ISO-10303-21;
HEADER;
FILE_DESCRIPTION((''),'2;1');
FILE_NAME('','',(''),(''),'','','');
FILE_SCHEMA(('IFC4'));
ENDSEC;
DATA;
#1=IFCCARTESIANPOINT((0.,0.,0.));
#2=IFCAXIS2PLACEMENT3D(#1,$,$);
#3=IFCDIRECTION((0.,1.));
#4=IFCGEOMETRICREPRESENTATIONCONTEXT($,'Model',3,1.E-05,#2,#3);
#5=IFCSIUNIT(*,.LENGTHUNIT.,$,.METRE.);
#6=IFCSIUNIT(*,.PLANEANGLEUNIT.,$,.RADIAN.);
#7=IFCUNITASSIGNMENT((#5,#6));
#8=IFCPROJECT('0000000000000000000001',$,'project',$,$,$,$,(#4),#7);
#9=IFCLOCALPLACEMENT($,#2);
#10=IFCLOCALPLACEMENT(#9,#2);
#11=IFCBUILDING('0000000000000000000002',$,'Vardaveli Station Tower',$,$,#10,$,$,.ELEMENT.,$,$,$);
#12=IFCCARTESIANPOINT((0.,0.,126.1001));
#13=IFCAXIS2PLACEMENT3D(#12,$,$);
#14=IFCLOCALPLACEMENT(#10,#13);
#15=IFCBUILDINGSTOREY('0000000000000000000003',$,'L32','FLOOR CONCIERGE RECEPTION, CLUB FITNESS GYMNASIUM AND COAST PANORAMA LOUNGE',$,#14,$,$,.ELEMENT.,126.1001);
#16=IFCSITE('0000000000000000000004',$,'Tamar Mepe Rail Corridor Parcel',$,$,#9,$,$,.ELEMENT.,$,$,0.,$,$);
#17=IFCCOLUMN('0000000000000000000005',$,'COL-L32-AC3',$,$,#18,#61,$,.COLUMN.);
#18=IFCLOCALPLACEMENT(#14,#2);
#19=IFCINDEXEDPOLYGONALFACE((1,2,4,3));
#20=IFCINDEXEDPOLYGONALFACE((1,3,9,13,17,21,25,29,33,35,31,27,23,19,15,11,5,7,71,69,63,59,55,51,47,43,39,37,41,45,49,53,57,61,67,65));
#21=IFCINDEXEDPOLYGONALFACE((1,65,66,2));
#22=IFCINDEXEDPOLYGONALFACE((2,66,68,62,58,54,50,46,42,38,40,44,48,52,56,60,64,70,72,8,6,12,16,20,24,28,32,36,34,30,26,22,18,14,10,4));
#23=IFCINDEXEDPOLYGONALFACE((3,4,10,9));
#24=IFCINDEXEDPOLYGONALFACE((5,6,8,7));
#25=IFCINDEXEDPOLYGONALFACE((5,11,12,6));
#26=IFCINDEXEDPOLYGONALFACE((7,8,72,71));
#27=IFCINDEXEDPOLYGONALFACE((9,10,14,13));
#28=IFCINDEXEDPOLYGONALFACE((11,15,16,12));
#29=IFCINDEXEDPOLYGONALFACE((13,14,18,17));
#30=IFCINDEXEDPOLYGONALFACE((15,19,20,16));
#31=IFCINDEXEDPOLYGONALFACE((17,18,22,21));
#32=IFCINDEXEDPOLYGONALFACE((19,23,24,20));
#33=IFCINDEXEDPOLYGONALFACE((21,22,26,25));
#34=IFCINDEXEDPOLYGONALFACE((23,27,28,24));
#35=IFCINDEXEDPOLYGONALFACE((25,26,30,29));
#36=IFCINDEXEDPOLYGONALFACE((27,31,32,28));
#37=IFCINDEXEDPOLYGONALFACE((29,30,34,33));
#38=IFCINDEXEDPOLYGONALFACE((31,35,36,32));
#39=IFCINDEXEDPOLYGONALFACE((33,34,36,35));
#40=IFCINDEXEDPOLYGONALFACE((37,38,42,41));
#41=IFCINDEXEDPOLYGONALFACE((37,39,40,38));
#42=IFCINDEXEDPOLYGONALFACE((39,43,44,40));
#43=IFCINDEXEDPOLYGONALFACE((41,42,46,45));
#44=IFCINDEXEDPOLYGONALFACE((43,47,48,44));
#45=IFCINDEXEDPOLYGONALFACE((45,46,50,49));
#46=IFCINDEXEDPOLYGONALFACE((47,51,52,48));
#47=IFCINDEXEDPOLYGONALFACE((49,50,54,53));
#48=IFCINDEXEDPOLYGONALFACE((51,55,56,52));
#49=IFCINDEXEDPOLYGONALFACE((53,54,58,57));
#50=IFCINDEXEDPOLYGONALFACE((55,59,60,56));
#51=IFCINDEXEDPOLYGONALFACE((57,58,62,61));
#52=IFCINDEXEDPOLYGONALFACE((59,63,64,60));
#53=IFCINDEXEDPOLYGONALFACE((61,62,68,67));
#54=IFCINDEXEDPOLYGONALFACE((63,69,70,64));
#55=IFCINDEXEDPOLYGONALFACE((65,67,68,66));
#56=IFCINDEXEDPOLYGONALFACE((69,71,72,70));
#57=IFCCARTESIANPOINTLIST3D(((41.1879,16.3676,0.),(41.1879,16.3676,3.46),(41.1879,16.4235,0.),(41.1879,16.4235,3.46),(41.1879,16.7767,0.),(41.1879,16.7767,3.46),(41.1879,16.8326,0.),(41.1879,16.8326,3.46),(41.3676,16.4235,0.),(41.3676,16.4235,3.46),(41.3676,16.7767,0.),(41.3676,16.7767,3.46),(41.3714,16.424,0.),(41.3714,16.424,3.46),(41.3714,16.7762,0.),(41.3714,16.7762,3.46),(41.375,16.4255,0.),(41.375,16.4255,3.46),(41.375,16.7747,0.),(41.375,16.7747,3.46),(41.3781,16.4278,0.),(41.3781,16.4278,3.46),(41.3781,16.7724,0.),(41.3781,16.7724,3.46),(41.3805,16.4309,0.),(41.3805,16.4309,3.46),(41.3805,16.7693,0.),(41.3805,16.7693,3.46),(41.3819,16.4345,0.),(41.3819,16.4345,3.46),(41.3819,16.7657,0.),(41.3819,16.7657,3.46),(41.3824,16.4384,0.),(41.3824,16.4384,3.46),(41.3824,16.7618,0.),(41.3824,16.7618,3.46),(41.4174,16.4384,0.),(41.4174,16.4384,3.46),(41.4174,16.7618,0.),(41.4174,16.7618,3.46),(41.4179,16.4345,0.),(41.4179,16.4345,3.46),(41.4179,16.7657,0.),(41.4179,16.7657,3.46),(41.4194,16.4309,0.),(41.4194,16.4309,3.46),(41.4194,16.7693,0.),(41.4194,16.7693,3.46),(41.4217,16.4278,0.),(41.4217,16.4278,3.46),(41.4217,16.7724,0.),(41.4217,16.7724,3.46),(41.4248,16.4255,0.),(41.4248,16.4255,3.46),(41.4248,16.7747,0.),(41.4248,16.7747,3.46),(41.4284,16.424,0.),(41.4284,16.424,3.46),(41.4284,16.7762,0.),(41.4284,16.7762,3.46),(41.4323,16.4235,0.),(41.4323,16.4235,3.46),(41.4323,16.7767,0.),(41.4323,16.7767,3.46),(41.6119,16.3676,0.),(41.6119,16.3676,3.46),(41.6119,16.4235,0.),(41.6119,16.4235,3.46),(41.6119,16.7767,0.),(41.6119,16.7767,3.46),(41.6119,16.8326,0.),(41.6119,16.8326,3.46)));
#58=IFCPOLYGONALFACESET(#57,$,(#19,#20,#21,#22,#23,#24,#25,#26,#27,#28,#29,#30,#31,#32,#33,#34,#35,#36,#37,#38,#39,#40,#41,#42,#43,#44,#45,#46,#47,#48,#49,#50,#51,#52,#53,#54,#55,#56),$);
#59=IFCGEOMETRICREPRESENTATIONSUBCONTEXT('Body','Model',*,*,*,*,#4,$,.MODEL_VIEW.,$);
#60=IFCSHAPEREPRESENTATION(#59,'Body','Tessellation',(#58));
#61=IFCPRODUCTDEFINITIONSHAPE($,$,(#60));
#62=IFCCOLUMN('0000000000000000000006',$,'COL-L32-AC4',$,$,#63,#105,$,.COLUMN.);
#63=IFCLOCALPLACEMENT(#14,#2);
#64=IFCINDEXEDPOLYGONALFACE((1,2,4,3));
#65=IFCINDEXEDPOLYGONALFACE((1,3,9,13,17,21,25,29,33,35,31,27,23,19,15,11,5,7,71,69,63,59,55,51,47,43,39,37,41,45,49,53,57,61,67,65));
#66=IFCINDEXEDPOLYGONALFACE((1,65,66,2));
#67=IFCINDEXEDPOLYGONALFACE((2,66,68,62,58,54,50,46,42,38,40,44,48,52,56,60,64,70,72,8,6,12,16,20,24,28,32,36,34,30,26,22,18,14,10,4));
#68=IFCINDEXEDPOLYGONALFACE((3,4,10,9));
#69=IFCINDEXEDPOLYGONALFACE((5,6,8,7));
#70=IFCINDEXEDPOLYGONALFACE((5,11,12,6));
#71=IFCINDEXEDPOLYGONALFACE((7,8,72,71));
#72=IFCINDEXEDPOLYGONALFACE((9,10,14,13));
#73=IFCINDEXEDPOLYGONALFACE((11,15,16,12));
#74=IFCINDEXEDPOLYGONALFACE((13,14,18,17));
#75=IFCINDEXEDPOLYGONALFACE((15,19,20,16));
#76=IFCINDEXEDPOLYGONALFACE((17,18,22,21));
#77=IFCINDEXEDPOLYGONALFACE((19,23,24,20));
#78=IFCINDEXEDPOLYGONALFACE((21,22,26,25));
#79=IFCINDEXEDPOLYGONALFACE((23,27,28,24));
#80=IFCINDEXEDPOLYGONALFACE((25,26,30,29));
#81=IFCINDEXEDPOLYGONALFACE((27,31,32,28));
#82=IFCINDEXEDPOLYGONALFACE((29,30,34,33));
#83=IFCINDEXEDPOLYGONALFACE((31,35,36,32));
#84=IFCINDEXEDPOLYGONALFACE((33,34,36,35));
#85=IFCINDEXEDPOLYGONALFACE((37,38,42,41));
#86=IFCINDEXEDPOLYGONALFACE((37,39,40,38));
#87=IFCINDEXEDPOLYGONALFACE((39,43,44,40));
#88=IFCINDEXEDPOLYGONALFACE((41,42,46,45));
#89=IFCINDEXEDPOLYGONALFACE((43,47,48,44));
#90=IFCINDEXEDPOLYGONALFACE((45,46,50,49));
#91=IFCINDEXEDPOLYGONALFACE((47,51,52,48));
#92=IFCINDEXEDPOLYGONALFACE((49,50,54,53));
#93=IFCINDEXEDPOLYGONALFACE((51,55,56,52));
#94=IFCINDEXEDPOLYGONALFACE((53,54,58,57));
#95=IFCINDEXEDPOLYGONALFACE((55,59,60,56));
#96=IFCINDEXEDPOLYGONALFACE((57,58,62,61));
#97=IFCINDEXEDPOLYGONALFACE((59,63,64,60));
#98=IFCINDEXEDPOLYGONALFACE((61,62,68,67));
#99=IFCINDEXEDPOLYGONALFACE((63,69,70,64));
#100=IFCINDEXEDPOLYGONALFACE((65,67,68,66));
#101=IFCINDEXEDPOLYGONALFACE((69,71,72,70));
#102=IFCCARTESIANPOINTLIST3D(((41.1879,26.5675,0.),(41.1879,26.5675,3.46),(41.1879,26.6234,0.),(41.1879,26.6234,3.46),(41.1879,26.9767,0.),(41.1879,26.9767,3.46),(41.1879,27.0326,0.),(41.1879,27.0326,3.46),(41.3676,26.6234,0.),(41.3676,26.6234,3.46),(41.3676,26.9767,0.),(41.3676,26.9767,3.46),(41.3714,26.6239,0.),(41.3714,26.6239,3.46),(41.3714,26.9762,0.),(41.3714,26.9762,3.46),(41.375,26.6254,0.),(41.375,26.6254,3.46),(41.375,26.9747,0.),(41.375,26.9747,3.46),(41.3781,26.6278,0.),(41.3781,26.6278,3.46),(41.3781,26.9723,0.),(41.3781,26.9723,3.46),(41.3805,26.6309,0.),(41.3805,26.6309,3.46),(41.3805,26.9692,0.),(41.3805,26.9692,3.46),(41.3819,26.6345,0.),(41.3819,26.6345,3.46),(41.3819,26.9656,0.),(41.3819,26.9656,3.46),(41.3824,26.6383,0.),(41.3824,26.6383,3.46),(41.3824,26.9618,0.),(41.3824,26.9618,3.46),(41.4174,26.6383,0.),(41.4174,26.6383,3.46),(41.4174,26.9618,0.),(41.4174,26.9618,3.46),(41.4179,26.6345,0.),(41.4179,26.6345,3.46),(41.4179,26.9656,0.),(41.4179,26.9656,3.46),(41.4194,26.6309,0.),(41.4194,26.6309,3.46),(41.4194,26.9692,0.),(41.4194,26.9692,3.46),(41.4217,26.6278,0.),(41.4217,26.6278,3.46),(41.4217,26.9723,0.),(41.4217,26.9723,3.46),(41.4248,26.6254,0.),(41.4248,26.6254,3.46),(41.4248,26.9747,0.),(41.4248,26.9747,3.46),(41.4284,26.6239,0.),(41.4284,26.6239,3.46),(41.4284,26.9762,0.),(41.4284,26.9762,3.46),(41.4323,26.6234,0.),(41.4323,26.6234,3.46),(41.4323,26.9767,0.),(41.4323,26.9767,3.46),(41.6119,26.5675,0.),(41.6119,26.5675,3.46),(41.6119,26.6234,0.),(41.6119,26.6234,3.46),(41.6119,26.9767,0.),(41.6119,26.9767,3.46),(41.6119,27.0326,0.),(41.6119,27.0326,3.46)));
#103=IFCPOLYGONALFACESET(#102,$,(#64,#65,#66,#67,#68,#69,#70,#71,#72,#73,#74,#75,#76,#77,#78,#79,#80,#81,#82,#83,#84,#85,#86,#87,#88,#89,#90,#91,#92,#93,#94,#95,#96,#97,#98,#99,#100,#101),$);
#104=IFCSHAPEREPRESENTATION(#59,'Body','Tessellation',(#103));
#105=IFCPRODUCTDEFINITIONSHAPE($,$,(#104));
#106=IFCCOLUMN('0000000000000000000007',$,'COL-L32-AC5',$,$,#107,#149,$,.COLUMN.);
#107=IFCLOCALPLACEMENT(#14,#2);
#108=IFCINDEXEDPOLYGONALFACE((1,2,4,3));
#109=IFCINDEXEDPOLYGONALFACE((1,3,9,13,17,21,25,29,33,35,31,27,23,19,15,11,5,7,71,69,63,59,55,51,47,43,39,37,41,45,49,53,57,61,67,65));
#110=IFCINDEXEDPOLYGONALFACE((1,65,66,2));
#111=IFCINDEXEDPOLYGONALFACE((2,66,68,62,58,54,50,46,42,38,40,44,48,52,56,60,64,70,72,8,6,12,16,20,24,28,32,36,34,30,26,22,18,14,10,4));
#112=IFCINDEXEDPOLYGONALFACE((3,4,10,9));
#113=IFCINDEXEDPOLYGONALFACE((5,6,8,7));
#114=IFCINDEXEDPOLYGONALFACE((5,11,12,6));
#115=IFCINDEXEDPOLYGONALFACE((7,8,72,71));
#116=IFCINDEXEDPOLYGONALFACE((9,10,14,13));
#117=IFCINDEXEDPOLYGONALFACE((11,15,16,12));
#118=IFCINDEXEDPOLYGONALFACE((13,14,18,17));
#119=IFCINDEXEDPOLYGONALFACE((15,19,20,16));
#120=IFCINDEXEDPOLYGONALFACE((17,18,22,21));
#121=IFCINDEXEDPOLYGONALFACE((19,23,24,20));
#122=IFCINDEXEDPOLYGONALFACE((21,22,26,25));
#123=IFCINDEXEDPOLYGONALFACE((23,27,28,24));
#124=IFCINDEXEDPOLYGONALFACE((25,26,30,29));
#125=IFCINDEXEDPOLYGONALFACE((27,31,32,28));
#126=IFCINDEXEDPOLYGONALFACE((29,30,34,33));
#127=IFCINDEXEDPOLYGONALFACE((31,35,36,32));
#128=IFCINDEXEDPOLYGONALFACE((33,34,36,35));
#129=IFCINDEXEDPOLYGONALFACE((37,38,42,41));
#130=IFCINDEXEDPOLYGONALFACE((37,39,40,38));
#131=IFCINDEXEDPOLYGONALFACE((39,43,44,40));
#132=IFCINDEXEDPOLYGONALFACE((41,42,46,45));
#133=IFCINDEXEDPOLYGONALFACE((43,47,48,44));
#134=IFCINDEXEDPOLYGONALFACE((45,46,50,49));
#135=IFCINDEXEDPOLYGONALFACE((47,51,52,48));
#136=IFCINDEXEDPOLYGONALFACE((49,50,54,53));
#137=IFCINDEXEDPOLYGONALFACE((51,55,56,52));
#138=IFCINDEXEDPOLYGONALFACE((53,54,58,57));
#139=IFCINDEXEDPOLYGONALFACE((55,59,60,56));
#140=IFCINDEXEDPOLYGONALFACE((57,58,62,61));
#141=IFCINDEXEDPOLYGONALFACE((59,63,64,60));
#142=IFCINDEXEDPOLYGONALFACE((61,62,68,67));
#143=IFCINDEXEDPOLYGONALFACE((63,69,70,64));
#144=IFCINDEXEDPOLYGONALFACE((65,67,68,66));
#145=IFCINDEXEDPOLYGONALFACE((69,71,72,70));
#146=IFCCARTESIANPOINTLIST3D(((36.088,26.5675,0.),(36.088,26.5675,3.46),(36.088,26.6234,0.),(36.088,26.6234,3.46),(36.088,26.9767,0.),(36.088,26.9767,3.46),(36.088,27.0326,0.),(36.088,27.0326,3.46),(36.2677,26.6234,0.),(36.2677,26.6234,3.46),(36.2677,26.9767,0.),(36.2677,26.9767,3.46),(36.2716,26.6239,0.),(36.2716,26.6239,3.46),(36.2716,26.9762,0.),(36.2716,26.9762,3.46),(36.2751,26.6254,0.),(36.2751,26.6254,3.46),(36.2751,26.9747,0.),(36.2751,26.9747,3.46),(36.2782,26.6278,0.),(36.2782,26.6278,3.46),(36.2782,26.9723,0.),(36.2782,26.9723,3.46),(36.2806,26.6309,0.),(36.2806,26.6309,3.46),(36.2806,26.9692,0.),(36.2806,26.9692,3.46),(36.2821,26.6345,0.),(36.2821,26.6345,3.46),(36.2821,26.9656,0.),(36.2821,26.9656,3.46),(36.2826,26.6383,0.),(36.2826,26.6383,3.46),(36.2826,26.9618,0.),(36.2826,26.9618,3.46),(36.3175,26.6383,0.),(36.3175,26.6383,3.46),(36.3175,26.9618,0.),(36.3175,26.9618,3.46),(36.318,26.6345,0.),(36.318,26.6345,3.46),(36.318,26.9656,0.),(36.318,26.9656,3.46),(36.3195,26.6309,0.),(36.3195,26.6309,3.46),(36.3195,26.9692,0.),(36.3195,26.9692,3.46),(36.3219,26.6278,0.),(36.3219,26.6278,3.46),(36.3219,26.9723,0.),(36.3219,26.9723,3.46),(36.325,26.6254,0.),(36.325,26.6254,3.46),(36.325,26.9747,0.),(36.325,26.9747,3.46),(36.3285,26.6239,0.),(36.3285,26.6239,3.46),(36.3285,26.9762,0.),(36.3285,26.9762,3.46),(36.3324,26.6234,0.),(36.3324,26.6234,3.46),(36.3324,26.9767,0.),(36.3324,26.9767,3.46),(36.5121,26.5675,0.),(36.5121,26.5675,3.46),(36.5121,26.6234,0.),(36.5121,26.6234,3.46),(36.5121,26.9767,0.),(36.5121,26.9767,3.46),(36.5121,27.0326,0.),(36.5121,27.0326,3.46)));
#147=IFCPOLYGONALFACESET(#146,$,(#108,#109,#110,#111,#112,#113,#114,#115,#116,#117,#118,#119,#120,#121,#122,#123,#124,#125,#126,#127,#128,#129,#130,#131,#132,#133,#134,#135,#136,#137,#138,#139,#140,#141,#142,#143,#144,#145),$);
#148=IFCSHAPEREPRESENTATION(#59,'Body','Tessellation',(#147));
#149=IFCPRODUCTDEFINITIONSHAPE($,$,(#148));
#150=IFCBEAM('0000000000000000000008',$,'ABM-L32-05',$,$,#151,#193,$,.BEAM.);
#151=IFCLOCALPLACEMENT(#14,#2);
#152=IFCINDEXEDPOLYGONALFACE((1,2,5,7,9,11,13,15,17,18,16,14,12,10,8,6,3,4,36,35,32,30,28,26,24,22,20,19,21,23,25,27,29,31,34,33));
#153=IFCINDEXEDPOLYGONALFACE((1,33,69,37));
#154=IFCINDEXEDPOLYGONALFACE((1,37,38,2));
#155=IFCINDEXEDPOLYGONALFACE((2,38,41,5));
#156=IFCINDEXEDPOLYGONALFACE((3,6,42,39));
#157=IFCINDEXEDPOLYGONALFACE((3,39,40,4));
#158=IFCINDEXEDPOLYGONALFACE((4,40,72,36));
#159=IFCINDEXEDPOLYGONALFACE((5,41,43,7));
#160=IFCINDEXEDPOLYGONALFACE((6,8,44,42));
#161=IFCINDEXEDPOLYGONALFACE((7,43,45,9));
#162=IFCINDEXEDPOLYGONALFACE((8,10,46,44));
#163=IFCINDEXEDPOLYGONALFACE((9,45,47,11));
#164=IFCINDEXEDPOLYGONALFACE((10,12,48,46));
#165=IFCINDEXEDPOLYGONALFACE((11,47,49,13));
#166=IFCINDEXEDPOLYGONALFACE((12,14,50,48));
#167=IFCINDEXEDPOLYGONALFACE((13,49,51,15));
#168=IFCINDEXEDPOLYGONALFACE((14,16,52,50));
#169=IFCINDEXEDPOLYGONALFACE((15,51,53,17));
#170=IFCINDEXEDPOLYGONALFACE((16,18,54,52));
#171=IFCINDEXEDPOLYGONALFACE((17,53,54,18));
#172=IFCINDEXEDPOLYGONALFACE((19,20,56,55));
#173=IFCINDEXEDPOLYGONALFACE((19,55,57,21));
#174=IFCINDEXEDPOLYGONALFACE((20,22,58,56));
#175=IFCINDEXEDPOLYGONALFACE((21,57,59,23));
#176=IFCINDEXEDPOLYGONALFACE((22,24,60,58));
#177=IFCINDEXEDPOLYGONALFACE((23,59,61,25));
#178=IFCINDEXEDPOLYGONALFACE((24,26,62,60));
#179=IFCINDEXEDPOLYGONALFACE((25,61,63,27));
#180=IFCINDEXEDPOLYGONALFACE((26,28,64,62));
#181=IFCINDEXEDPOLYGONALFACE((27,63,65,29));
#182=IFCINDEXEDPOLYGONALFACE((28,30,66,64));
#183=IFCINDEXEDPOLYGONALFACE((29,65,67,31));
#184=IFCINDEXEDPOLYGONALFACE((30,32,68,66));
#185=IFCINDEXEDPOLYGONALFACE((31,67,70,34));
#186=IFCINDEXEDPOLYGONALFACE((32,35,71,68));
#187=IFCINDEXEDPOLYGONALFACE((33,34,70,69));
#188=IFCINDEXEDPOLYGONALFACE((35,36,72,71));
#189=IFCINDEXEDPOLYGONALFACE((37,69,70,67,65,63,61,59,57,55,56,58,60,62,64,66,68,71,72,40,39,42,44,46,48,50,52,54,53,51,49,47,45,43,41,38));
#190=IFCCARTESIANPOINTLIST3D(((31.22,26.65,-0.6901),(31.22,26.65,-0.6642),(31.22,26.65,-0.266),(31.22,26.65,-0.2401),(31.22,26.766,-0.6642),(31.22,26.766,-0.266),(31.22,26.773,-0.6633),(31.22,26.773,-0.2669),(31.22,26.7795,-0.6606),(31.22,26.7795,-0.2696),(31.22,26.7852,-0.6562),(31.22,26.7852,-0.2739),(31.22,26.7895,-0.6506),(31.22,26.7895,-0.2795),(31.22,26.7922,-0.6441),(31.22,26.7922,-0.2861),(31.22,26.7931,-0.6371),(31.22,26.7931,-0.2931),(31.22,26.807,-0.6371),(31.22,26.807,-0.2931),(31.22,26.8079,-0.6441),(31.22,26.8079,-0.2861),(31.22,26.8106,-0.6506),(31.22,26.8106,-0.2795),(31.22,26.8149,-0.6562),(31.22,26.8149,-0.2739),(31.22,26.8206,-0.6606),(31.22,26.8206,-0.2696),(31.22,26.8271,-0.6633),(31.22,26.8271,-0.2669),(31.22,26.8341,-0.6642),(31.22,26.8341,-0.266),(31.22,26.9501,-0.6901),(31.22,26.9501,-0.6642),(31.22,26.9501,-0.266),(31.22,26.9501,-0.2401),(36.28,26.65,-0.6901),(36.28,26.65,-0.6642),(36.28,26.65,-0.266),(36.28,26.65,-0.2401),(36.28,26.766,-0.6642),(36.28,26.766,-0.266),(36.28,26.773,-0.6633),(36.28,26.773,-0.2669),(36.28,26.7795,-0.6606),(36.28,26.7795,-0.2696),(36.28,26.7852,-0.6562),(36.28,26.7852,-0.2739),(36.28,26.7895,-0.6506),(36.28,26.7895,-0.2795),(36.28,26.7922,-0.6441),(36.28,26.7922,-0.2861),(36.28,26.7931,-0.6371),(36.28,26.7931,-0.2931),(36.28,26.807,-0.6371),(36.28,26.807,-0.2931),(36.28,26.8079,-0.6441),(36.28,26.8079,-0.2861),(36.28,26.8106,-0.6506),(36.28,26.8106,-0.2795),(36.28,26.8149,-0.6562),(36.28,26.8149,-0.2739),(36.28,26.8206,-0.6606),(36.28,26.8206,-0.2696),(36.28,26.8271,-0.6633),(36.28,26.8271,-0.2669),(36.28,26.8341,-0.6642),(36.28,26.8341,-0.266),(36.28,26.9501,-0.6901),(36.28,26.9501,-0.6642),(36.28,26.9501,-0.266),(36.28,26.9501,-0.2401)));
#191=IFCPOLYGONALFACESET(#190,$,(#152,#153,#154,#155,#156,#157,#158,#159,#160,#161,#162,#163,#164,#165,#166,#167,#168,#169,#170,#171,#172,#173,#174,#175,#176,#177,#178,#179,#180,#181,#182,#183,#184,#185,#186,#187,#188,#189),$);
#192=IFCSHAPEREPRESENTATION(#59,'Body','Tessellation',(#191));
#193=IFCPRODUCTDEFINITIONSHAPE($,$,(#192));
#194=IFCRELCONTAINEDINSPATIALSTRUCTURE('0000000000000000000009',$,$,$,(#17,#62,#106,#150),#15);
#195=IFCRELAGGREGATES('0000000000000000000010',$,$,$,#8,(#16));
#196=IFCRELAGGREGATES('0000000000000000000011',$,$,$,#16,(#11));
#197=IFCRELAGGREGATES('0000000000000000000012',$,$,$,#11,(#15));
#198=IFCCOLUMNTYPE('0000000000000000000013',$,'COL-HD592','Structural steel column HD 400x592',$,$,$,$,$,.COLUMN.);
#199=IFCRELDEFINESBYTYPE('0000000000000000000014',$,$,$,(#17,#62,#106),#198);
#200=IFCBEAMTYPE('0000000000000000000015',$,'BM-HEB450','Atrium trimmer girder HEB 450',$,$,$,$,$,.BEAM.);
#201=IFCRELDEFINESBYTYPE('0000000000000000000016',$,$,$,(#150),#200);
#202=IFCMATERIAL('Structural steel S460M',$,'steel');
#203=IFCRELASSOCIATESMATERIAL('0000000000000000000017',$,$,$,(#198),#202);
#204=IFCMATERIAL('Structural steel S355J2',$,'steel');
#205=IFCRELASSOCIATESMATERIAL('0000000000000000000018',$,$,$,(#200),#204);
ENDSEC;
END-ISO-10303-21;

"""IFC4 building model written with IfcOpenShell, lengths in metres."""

from ifc_helpers import new_model, si_unit, direction, frame, origin, origin_2d, place, context, subcontext, project, spatial, i_section, extrude, source, transform, mapped, material, material_profile, profile_set, type_object, element, save


model = new_model("IFC4")

# Units and contexts
model_context = context("Model", 3, precision=1e-05, world=origin(), true_north=direction((0.0, 1.0)))
body_context = subcontext(model_context, "Body", "Model", "MODEL_VIEW")
ifc_project = project(units=[si_unit("LENGTHUNIT", "METRE"), si_unit("PLANEANGLEUNIT", "RADIAN")], contexts=[model_context])

# Site, building, storey
site_placement = place(None, origin())
site = spatial("IfcSite", under=ifc_project, at=site_placement, Name="Tamar Mepe Rail Corridor Parcel", CompositionType="ELEMENT", RefElevation=0.0)
building_placement = place(site_placement, origin())
building = spatial("IfcBuilding", under=site, at=building_placement, Name="Vardaveli Station Tower", CompositionType="ELEMENT")
storey_placement = place(building_placement, frame((0.0, 0.0, 126.1001)))
storey = spatial("IfcBuildingStorey", under=building, at=storey_placement, Name="L32", Description="FLOOR CONCIERGE RECEPTION, CLUB FITNESS GYMNASIUM AND COAST PANORAMA LOUNGE", CompositionType="ELEMENT", Elevation=126.1001)

# Columns
ifc_material_1 = material(Name="Structural steel S460M", Category="steel")
ifc_material_profile_1 = material_profile(ifc_material_1, i_section(OverallWidth=0.4241, OverallDepth=0.4651, WebThickness=0.0349, FlangeThickness=0.0559, FilletRadius=0.0149, at=origin_2d()), Name="HD 400x592")
ifc_profile_set_1 = profile_set([ifc_material_profile_1], Name="Structural steel S460M")
column_type = type_object("IfcColumnType", Name="COL-HD592", Description="Structural steel column HD 400x592", PredefinedType="COLUMN", material=ifc_profile_set_1)
shared_shape_1 = source(origin(), body_context, "Body", "SweptSolid", [
    extrude(i_section(OverallWidth=0.4241, OverallDepth=0.4651, WebThickness=0.0349, FlangeThickness=0.0559, FilletRadius=0.0149, at=origin_2d()), origin(), (0.0, 0.0, 1.0), 3.46),
])
for number, where, z_axis, x_axis, name in (
    (1, (41.3999, 16.6001, 0.0), (0.0, 0.0, 1.0), (1.0, 0.0, 0.0), "COL-L32-AC3"),
    (2, (41.3999, 26.8, 0.0), (0.0, 0.0, 1.0), (1.0, 0.0, 0.0), "COL-L32-AC4"),
    (3, (36.3, 26.8, 0.0), (0.0, 0.0, 1.0), (1.0, 0.0, 0.0), "COL-L32-AC5"),
):
    element("IfcColumn", number, at=place(storey_placement, frame(where, z_axis=z_axis, x_axis=x_axis)), inside=storey, type_object=column_type, Name=name, PredefinedType="COLUMN", context=body_context, shape_type="MappedRepresentation", body=[
        mapped(shared_shape_1, transform((0.0, 0.0, 0.0), scale=1.0)),
    ])

# Beam
ifc_material_2 = material(Name="Structural steel S355J2", Category="steel")
ifc_material_profile_2 = material_profile(ifc_material_2, i_section(OverallWidth=0.3, OverallDepth=0.45, WebThickness=0.0139, FlangeThickness=0.0259, FilletRadius=0.0271, at=origin_2d()), Name="HEB 450")
ifc_profile_set_2 = profile_set([ifc_material_profile_2], Name="Structural steel S355J2")
beam_type_1 = type_object("IfcBeamType", Name="BM-HEB450", Description="Atrium trimmer girder HEB 450", PredefinedType="BEAM", material=ifc_profile_set_2)
shared_shape_2 = source(origin(), body_context, "Body", "SweptSolid", [
    extrude(i_section(OverallWidth=0.3, OverallDepth=0.45, WebThickness=0.0139, FlangeThickness=0.0259, FilletRadius=0.0271, at=origin_2d()), origin(), (0.0, 0.0, 1.0), 5.0601),
])
beam_1_placement = place(storey_placement, frame((36.28, 26.8, -0.4651), z_axis=(-1.0, 0.0, 0.0), x_axis=(0.0, -1.0, 0.0)))
element("IfcBeam", 4, at=beam_1_placement, inside=storey, type_object=beam_type_1, Name="ABM-L32-05", PredefinedType="BEAM", context=body_context, shape_type="MappedRepresentation", body=[
    mapped(shared_shape_2, transform((0.0, 0.0, 0.0), scale=1.0)),
])

save(model, "model.ifc")
